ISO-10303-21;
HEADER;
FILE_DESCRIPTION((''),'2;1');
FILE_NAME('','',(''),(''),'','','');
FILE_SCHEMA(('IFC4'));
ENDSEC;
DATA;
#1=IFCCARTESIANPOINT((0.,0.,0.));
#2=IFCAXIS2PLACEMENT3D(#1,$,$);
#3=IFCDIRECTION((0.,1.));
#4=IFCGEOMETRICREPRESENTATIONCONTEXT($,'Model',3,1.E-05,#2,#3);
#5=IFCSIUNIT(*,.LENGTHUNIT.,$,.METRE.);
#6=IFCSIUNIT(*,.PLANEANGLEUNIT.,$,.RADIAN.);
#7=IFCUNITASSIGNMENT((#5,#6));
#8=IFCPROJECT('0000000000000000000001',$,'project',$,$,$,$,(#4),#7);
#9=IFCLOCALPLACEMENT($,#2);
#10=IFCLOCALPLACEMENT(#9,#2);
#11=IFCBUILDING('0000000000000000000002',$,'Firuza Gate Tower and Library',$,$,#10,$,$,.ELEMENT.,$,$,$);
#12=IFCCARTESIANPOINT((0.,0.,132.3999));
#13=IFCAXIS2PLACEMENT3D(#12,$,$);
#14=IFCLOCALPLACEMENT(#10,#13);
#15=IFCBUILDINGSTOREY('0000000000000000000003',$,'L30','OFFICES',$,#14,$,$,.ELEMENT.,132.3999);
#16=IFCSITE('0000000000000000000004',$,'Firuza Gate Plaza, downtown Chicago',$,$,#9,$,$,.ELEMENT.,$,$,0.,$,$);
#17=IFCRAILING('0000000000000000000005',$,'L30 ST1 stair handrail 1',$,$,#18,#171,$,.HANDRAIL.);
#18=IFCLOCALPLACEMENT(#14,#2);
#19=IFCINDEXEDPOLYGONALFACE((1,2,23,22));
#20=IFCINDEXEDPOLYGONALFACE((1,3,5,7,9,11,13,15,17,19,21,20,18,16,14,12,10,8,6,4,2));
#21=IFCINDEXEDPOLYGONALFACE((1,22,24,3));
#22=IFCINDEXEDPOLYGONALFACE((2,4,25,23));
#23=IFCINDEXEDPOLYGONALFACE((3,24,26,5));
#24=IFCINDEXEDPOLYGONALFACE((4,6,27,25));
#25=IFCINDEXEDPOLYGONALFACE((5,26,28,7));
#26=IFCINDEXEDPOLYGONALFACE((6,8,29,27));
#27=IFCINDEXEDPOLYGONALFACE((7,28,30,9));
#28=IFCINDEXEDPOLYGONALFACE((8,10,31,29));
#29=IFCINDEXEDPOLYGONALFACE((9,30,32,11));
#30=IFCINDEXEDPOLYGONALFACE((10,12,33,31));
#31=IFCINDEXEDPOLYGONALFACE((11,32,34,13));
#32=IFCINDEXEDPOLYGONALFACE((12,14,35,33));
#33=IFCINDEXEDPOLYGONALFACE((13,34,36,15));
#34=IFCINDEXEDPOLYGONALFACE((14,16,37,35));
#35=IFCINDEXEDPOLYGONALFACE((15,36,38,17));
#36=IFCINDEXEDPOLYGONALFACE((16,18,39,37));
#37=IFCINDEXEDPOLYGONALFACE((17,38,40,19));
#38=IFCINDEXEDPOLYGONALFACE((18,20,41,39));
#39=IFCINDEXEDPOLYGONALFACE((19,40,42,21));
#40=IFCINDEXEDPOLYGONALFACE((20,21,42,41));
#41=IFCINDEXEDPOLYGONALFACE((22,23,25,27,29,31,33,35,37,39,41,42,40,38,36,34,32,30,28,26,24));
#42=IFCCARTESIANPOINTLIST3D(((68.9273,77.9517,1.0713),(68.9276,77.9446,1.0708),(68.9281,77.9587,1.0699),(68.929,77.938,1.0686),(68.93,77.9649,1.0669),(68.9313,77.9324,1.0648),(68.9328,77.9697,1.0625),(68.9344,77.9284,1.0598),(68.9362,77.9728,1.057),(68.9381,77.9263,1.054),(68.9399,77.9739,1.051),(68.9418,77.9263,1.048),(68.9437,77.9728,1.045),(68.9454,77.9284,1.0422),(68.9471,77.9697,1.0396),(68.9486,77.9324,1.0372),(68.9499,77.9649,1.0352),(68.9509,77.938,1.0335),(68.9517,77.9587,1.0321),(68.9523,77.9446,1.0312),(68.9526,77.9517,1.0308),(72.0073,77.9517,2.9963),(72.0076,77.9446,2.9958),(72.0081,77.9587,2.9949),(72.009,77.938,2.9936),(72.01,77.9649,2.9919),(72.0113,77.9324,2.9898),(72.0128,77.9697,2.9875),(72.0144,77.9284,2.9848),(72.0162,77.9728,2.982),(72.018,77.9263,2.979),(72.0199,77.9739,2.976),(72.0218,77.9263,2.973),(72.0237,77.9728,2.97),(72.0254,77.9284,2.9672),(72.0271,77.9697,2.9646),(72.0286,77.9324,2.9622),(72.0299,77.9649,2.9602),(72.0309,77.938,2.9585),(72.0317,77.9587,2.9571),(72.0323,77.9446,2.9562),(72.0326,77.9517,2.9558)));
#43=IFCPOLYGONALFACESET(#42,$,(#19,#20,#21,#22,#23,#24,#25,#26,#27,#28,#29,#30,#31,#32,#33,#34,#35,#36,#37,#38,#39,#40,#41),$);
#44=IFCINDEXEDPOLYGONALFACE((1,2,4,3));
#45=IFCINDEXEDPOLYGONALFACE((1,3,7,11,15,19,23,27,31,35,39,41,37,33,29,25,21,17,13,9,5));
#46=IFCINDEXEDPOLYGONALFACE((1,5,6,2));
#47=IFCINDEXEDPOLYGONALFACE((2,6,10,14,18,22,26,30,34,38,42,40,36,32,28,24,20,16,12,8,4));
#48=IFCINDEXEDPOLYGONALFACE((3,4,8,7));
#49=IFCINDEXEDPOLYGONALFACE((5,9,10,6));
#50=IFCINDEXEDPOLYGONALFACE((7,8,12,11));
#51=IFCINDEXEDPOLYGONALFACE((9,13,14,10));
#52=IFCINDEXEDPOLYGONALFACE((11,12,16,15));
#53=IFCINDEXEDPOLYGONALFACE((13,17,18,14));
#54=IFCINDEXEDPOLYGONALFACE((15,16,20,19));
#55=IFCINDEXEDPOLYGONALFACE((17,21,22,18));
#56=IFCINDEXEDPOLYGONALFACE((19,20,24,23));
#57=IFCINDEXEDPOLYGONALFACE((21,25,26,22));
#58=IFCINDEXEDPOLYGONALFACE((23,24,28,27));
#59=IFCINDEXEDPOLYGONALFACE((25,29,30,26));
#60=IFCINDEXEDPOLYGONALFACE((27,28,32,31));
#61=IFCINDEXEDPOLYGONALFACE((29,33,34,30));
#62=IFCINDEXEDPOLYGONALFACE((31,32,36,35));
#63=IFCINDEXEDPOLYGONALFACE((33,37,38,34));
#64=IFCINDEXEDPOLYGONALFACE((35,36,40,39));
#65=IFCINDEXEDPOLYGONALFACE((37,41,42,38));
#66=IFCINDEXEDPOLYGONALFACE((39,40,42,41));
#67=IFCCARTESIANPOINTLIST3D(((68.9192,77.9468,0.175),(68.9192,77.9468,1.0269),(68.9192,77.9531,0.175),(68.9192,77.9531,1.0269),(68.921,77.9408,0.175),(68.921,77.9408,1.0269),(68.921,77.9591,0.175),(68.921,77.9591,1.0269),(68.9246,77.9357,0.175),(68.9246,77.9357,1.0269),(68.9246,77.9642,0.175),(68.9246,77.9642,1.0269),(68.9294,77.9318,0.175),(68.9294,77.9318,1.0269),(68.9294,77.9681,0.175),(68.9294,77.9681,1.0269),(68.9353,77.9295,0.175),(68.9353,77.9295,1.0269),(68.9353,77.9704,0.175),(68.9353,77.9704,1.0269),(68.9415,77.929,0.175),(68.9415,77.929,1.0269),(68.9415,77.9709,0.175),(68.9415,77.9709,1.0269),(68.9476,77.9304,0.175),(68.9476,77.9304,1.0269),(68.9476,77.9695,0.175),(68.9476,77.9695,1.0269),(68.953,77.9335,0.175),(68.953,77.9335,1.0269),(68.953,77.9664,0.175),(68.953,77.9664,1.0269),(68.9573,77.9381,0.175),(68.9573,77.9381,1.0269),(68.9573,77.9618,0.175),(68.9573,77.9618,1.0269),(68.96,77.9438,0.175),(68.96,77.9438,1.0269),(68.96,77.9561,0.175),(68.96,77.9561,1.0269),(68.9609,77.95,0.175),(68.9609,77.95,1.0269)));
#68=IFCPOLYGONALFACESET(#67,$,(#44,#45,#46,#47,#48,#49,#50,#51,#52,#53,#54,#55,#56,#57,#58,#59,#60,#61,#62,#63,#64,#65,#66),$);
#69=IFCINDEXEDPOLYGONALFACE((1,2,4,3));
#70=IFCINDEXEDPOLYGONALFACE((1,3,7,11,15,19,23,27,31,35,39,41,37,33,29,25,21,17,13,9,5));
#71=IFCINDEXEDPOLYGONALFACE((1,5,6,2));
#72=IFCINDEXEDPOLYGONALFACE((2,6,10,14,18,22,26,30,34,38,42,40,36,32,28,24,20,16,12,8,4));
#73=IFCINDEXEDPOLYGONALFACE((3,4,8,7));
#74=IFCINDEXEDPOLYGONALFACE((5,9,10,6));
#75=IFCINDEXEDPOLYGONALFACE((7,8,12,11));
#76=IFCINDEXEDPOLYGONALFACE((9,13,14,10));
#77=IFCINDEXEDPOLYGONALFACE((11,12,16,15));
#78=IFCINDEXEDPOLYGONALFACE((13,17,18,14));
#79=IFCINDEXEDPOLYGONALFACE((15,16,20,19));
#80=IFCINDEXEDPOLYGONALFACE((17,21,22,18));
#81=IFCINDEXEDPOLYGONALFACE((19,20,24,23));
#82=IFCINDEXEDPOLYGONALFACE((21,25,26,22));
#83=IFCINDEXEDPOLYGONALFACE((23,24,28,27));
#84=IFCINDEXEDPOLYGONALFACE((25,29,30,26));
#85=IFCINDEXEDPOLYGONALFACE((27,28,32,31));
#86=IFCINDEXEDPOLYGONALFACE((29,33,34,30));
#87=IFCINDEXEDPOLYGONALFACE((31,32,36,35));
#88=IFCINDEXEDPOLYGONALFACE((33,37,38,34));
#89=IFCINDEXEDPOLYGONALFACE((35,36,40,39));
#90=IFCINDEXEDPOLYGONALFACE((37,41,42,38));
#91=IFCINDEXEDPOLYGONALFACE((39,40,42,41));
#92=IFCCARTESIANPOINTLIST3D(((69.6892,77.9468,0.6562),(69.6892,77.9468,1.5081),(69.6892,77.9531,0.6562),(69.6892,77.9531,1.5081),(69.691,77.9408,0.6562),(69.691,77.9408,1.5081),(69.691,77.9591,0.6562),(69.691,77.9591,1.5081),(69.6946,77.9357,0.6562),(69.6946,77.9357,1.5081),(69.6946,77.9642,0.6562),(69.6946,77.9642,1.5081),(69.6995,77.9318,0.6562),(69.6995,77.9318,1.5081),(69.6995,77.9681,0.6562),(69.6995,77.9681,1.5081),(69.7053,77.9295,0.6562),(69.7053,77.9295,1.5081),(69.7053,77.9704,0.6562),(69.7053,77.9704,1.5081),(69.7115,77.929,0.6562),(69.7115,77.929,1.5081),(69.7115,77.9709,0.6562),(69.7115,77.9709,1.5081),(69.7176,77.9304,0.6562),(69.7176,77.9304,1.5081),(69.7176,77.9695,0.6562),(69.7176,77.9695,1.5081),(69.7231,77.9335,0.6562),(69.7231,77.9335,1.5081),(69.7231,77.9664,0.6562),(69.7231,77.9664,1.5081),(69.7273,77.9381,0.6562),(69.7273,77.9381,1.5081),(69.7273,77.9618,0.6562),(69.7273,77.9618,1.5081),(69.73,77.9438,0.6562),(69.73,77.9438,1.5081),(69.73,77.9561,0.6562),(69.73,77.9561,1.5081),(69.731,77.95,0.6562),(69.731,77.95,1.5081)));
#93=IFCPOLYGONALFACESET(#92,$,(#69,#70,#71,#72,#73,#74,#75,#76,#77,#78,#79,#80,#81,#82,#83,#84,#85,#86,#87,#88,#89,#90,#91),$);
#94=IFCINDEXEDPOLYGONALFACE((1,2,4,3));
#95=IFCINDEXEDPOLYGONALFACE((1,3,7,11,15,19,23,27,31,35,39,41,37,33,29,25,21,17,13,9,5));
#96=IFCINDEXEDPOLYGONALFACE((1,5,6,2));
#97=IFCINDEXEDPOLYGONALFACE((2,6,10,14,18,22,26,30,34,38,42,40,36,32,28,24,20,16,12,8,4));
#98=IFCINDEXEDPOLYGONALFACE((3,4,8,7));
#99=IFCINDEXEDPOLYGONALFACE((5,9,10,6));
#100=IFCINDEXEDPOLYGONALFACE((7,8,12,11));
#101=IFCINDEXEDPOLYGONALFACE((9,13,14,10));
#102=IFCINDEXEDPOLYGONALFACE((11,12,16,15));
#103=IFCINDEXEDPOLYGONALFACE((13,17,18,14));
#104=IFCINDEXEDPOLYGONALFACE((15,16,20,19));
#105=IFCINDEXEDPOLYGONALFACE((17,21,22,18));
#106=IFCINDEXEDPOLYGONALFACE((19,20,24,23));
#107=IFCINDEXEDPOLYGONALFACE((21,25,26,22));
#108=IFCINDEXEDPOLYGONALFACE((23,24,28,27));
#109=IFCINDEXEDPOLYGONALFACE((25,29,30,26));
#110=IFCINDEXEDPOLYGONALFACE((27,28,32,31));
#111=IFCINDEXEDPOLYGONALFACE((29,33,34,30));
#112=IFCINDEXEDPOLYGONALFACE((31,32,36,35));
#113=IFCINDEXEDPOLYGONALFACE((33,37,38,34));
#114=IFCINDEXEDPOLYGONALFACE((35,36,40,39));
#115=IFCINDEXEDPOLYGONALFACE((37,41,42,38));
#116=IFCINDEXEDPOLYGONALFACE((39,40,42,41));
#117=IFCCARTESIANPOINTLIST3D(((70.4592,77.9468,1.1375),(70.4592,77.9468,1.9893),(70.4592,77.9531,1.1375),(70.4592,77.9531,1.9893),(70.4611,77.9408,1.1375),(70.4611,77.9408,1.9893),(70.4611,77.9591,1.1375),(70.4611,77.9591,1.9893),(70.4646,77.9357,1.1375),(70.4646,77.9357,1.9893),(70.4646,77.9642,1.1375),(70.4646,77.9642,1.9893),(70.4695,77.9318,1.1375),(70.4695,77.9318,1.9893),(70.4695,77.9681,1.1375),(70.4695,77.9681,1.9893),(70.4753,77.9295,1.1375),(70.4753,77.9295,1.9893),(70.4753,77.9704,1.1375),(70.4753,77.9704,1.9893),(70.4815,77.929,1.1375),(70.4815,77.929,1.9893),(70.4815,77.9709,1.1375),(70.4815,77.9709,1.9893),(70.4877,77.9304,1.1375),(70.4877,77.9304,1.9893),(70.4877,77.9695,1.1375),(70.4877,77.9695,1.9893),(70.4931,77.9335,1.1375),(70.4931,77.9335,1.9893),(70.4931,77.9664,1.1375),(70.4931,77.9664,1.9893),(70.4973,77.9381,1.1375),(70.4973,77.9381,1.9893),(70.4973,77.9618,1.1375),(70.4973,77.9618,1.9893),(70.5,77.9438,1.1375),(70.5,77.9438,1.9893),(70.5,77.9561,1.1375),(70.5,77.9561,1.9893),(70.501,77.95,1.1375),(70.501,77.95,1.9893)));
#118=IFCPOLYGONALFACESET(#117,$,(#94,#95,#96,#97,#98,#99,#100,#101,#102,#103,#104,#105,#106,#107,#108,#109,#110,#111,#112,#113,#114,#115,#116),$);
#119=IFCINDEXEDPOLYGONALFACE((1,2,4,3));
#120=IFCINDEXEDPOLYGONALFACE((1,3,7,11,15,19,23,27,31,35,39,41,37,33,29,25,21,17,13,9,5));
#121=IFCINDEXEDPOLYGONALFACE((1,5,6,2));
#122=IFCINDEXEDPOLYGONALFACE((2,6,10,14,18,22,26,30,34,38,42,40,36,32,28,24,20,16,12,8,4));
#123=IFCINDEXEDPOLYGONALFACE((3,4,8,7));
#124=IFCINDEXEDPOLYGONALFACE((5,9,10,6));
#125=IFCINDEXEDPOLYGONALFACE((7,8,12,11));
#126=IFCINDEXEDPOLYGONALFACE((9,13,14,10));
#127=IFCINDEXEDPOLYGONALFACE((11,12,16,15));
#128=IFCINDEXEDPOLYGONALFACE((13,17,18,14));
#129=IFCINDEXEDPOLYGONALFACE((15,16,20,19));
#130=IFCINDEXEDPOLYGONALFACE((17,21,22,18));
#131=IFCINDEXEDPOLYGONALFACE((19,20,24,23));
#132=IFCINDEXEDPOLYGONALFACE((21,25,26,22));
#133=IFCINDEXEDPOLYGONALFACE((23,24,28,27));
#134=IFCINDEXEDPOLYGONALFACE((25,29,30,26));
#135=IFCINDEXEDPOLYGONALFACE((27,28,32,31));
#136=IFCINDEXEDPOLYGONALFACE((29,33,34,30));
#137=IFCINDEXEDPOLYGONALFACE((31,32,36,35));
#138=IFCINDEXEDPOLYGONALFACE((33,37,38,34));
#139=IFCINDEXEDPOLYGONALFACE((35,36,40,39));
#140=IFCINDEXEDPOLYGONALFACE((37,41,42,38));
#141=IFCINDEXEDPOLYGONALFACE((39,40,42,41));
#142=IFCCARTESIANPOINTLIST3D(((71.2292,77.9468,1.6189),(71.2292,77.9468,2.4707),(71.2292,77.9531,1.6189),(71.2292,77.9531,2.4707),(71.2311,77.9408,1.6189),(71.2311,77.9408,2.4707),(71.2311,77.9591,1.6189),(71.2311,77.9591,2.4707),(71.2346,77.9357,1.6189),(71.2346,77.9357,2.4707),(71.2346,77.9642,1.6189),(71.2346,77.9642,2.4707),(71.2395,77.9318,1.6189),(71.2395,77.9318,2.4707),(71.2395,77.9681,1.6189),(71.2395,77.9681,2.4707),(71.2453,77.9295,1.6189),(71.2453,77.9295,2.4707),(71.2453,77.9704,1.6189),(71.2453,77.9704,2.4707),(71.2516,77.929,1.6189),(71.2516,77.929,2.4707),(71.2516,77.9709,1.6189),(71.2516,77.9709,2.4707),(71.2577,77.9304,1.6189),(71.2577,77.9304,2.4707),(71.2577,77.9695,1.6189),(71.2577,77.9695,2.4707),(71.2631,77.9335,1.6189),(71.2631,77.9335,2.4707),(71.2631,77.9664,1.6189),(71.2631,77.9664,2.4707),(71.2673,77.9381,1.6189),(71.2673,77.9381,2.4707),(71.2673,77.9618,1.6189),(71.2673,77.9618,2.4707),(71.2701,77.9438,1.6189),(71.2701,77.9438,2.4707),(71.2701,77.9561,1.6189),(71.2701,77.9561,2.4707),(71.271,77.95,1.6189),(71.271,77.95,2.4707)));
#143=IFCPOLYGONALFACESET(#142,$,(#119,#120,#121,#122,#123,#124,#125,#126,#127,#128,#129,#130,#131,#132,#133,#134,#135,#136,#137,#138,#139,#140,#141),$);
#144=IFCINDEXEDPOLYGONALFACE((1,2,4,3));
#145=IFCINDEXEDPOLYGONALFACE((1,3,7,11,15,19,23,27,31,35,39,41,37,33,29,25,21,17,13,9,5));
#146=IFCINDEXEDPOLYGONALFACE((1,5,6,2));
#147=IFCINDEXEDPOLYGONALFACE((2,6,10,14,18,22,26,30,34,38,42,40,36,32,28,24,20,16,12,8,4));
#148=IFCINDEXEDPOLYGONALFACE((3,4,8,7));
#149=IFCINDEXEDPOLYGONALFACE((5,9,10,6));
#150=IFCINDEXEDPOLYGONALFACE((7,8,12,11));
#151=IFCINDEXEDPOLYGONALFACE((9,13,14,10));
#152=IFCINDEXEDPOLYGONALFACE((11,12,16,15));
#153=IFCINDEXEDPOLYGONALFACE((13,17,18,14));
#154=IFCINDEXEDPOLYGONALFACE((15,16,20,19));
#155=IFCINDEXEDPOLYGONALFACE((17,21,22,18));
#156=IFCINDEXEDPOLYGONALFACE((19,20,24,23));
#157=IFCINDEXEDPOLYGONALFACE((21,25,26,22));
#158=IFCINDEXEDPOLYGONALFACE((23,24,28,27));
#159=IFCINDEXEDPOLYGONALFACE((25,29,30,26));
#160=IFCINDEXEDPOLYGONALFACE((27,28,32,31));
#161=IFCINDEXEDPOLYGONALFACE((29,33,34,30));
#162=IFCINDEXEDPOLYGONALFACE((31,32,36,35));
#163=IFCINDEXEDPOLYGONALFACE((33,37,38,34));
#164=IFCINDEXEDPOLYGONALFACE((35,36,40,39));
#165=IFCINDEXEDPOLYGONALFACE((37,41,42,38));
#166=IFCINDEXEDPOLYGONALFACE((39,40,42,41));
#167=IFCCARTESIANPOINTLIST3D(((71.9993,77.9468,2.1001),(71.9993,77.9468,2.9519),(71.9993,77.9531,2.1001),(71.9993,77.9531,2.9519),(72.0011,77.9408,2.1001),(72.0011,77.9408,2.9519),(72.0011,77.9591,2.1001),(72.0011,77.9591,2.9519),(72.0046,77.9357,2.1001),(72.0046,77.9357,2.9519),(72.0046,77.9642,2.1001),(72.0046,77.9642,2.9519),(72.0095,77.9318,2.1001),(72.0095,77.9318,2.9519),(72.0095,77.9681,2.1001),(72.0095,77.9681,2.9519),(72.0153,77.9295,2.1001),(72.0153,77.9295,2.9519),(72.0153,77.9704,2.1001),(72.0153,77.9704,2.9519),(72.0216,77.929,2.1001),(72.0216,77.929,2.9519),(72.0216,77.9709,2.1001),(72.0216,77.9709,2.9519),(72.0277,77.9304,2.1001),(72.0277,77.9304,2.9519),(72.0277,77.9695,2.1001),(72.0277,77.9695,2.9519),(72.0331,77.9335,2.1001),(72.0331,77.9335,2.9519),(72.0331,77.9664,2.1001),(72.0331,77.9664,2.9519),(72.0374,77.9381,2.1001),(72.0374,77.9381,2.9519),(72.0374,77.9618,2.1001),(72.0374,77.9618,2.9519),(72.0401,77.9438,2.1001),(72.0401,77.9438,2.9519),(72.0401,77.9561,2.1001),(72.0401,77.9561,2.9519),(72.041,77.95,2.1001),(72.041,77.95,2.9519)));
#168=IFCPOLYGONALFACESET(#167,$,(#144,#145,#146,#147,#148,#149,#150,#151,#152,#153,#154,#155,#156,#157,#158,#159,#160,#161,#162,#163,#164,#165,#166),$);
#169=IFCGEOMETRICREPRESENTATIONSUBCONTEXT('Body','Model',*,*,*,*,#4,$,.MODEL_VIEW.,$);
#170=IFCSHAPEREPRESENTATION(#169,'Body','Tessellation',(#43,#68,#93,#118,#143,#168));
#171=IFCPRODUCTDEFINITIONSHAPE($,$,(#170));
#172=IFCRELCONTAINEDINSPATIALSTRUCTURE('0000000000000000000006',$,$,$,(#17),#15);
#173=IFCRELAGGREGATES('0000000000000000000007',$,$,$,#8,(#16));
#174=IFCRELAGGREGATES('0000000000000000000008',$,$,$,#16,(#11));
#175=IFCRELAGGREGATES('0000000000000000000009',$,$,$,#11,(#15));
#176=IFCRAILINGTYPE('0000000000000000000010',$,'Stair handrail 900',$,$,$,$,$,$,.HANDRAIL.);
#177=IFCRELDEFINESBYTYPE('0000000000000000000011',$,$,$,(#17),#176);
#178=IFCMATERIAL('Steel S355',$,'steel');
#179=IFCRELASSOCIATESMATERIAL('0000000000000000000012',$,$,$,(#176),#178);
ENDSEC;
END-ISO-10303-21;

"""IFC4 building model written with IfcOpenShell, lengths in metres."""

from ifc_helpers import new_model, si_unit, direction, frame, origin, origin_2d, place, context, subcontext, project, spatial, circle, extrude, material, type_object, element, save


model = new_model("IFC4")

# Units and contexts
model_context = context("Model", 3, precision=1e-05, world=origin(), true_north=direction((0.0, 1.0)))
body_context = subcontext(model_context, "Body", "Model", "MODEL_VIEW")
ifc_project = project(units=[si_unit("LENGTHUNIT", "METRE"), si_unit("PLANEANGLEUNIT", "RADIAN")], contexts=[model_context])

# Site, building, storey
site_placement = place(None, origin())
site = spatial("IfcSite", under=ifc_project, at=site_placement, Name="Firuza Gate Plaza, downtown Chicago", CompositionType="ELEMENT", RefElevation=0.0)
building_placement = place(site_placement, origin())
building = spatial("IfcBuilding", under=site, at=building_placement, Name="Firuza Gate Tower and Library", CompositionType="ELEMENT")
storey_placement = place(building_placement, frame((0.0, 0.0, 132.3999)))
storey = spatial("IfcBuildingStorey", under=building, at=storey_placement, Name="L30", Description="OFFICES", CompositionType="ELEMENT", Elevation=132.3999)

# Railing
ifc_material_1 = material(Name="Steel S355", Category="steel")
railing_type_1 = type_object("IfcRailingType", Name="Stair handrail 900", PredefinedType="HANDRAIL", material=ifc_material_1)
railing_1_placement = place(storey_placement, frame((68.9399, 77.95, 0.175)))
element("IfcRailing", 1, at=railing_1_placement, inside=storey, type_object=railing_type_1, Name="L30 ST1 stair handrail 1", PredefinedType="HANDRAIL", context=body_context, shape_type="SweptSolid", body=[
    extrude(circle(Radius=0.0239, at=origin_2d()), frame((0.0, 0.0, 0.876), z_axis=(0.847998, 0.0, 0.529999), x_axis=(0.0, 1.0, 0.0)), (0.0, 0.0, 1.0), 3.6321),
    extrude(circle(Radius=0.021, at=origin_2d()), origin(), (0.0, 0.0, 1.0), 0.8518),
    extrude(circle(Radius=0.021, at=origin_2d()), frame((0.77, 0.0, 0.4812)), (0.0, 0.0, 1.0), 0.8518),
    extrude(circle(Radius=0.021, at=origin_2d()), frame((1.54, 0.0, 0.9624)), (0.0, 0.0, 1.0), 0.8518),
    extrude(circle(Radius=0.021, at=origin_2d()), frame((2.3101, 0.0, 1.4438)), (0.0, 0.0, 1.0), 0.8518),
    extrude(circle(Radius=0.021, at=origin_2d()), frame((3.0801, 0.0, 1.925)), (0.0, 0.0, 1.0), 0.8518),
])

save(model, "model.ifc")
